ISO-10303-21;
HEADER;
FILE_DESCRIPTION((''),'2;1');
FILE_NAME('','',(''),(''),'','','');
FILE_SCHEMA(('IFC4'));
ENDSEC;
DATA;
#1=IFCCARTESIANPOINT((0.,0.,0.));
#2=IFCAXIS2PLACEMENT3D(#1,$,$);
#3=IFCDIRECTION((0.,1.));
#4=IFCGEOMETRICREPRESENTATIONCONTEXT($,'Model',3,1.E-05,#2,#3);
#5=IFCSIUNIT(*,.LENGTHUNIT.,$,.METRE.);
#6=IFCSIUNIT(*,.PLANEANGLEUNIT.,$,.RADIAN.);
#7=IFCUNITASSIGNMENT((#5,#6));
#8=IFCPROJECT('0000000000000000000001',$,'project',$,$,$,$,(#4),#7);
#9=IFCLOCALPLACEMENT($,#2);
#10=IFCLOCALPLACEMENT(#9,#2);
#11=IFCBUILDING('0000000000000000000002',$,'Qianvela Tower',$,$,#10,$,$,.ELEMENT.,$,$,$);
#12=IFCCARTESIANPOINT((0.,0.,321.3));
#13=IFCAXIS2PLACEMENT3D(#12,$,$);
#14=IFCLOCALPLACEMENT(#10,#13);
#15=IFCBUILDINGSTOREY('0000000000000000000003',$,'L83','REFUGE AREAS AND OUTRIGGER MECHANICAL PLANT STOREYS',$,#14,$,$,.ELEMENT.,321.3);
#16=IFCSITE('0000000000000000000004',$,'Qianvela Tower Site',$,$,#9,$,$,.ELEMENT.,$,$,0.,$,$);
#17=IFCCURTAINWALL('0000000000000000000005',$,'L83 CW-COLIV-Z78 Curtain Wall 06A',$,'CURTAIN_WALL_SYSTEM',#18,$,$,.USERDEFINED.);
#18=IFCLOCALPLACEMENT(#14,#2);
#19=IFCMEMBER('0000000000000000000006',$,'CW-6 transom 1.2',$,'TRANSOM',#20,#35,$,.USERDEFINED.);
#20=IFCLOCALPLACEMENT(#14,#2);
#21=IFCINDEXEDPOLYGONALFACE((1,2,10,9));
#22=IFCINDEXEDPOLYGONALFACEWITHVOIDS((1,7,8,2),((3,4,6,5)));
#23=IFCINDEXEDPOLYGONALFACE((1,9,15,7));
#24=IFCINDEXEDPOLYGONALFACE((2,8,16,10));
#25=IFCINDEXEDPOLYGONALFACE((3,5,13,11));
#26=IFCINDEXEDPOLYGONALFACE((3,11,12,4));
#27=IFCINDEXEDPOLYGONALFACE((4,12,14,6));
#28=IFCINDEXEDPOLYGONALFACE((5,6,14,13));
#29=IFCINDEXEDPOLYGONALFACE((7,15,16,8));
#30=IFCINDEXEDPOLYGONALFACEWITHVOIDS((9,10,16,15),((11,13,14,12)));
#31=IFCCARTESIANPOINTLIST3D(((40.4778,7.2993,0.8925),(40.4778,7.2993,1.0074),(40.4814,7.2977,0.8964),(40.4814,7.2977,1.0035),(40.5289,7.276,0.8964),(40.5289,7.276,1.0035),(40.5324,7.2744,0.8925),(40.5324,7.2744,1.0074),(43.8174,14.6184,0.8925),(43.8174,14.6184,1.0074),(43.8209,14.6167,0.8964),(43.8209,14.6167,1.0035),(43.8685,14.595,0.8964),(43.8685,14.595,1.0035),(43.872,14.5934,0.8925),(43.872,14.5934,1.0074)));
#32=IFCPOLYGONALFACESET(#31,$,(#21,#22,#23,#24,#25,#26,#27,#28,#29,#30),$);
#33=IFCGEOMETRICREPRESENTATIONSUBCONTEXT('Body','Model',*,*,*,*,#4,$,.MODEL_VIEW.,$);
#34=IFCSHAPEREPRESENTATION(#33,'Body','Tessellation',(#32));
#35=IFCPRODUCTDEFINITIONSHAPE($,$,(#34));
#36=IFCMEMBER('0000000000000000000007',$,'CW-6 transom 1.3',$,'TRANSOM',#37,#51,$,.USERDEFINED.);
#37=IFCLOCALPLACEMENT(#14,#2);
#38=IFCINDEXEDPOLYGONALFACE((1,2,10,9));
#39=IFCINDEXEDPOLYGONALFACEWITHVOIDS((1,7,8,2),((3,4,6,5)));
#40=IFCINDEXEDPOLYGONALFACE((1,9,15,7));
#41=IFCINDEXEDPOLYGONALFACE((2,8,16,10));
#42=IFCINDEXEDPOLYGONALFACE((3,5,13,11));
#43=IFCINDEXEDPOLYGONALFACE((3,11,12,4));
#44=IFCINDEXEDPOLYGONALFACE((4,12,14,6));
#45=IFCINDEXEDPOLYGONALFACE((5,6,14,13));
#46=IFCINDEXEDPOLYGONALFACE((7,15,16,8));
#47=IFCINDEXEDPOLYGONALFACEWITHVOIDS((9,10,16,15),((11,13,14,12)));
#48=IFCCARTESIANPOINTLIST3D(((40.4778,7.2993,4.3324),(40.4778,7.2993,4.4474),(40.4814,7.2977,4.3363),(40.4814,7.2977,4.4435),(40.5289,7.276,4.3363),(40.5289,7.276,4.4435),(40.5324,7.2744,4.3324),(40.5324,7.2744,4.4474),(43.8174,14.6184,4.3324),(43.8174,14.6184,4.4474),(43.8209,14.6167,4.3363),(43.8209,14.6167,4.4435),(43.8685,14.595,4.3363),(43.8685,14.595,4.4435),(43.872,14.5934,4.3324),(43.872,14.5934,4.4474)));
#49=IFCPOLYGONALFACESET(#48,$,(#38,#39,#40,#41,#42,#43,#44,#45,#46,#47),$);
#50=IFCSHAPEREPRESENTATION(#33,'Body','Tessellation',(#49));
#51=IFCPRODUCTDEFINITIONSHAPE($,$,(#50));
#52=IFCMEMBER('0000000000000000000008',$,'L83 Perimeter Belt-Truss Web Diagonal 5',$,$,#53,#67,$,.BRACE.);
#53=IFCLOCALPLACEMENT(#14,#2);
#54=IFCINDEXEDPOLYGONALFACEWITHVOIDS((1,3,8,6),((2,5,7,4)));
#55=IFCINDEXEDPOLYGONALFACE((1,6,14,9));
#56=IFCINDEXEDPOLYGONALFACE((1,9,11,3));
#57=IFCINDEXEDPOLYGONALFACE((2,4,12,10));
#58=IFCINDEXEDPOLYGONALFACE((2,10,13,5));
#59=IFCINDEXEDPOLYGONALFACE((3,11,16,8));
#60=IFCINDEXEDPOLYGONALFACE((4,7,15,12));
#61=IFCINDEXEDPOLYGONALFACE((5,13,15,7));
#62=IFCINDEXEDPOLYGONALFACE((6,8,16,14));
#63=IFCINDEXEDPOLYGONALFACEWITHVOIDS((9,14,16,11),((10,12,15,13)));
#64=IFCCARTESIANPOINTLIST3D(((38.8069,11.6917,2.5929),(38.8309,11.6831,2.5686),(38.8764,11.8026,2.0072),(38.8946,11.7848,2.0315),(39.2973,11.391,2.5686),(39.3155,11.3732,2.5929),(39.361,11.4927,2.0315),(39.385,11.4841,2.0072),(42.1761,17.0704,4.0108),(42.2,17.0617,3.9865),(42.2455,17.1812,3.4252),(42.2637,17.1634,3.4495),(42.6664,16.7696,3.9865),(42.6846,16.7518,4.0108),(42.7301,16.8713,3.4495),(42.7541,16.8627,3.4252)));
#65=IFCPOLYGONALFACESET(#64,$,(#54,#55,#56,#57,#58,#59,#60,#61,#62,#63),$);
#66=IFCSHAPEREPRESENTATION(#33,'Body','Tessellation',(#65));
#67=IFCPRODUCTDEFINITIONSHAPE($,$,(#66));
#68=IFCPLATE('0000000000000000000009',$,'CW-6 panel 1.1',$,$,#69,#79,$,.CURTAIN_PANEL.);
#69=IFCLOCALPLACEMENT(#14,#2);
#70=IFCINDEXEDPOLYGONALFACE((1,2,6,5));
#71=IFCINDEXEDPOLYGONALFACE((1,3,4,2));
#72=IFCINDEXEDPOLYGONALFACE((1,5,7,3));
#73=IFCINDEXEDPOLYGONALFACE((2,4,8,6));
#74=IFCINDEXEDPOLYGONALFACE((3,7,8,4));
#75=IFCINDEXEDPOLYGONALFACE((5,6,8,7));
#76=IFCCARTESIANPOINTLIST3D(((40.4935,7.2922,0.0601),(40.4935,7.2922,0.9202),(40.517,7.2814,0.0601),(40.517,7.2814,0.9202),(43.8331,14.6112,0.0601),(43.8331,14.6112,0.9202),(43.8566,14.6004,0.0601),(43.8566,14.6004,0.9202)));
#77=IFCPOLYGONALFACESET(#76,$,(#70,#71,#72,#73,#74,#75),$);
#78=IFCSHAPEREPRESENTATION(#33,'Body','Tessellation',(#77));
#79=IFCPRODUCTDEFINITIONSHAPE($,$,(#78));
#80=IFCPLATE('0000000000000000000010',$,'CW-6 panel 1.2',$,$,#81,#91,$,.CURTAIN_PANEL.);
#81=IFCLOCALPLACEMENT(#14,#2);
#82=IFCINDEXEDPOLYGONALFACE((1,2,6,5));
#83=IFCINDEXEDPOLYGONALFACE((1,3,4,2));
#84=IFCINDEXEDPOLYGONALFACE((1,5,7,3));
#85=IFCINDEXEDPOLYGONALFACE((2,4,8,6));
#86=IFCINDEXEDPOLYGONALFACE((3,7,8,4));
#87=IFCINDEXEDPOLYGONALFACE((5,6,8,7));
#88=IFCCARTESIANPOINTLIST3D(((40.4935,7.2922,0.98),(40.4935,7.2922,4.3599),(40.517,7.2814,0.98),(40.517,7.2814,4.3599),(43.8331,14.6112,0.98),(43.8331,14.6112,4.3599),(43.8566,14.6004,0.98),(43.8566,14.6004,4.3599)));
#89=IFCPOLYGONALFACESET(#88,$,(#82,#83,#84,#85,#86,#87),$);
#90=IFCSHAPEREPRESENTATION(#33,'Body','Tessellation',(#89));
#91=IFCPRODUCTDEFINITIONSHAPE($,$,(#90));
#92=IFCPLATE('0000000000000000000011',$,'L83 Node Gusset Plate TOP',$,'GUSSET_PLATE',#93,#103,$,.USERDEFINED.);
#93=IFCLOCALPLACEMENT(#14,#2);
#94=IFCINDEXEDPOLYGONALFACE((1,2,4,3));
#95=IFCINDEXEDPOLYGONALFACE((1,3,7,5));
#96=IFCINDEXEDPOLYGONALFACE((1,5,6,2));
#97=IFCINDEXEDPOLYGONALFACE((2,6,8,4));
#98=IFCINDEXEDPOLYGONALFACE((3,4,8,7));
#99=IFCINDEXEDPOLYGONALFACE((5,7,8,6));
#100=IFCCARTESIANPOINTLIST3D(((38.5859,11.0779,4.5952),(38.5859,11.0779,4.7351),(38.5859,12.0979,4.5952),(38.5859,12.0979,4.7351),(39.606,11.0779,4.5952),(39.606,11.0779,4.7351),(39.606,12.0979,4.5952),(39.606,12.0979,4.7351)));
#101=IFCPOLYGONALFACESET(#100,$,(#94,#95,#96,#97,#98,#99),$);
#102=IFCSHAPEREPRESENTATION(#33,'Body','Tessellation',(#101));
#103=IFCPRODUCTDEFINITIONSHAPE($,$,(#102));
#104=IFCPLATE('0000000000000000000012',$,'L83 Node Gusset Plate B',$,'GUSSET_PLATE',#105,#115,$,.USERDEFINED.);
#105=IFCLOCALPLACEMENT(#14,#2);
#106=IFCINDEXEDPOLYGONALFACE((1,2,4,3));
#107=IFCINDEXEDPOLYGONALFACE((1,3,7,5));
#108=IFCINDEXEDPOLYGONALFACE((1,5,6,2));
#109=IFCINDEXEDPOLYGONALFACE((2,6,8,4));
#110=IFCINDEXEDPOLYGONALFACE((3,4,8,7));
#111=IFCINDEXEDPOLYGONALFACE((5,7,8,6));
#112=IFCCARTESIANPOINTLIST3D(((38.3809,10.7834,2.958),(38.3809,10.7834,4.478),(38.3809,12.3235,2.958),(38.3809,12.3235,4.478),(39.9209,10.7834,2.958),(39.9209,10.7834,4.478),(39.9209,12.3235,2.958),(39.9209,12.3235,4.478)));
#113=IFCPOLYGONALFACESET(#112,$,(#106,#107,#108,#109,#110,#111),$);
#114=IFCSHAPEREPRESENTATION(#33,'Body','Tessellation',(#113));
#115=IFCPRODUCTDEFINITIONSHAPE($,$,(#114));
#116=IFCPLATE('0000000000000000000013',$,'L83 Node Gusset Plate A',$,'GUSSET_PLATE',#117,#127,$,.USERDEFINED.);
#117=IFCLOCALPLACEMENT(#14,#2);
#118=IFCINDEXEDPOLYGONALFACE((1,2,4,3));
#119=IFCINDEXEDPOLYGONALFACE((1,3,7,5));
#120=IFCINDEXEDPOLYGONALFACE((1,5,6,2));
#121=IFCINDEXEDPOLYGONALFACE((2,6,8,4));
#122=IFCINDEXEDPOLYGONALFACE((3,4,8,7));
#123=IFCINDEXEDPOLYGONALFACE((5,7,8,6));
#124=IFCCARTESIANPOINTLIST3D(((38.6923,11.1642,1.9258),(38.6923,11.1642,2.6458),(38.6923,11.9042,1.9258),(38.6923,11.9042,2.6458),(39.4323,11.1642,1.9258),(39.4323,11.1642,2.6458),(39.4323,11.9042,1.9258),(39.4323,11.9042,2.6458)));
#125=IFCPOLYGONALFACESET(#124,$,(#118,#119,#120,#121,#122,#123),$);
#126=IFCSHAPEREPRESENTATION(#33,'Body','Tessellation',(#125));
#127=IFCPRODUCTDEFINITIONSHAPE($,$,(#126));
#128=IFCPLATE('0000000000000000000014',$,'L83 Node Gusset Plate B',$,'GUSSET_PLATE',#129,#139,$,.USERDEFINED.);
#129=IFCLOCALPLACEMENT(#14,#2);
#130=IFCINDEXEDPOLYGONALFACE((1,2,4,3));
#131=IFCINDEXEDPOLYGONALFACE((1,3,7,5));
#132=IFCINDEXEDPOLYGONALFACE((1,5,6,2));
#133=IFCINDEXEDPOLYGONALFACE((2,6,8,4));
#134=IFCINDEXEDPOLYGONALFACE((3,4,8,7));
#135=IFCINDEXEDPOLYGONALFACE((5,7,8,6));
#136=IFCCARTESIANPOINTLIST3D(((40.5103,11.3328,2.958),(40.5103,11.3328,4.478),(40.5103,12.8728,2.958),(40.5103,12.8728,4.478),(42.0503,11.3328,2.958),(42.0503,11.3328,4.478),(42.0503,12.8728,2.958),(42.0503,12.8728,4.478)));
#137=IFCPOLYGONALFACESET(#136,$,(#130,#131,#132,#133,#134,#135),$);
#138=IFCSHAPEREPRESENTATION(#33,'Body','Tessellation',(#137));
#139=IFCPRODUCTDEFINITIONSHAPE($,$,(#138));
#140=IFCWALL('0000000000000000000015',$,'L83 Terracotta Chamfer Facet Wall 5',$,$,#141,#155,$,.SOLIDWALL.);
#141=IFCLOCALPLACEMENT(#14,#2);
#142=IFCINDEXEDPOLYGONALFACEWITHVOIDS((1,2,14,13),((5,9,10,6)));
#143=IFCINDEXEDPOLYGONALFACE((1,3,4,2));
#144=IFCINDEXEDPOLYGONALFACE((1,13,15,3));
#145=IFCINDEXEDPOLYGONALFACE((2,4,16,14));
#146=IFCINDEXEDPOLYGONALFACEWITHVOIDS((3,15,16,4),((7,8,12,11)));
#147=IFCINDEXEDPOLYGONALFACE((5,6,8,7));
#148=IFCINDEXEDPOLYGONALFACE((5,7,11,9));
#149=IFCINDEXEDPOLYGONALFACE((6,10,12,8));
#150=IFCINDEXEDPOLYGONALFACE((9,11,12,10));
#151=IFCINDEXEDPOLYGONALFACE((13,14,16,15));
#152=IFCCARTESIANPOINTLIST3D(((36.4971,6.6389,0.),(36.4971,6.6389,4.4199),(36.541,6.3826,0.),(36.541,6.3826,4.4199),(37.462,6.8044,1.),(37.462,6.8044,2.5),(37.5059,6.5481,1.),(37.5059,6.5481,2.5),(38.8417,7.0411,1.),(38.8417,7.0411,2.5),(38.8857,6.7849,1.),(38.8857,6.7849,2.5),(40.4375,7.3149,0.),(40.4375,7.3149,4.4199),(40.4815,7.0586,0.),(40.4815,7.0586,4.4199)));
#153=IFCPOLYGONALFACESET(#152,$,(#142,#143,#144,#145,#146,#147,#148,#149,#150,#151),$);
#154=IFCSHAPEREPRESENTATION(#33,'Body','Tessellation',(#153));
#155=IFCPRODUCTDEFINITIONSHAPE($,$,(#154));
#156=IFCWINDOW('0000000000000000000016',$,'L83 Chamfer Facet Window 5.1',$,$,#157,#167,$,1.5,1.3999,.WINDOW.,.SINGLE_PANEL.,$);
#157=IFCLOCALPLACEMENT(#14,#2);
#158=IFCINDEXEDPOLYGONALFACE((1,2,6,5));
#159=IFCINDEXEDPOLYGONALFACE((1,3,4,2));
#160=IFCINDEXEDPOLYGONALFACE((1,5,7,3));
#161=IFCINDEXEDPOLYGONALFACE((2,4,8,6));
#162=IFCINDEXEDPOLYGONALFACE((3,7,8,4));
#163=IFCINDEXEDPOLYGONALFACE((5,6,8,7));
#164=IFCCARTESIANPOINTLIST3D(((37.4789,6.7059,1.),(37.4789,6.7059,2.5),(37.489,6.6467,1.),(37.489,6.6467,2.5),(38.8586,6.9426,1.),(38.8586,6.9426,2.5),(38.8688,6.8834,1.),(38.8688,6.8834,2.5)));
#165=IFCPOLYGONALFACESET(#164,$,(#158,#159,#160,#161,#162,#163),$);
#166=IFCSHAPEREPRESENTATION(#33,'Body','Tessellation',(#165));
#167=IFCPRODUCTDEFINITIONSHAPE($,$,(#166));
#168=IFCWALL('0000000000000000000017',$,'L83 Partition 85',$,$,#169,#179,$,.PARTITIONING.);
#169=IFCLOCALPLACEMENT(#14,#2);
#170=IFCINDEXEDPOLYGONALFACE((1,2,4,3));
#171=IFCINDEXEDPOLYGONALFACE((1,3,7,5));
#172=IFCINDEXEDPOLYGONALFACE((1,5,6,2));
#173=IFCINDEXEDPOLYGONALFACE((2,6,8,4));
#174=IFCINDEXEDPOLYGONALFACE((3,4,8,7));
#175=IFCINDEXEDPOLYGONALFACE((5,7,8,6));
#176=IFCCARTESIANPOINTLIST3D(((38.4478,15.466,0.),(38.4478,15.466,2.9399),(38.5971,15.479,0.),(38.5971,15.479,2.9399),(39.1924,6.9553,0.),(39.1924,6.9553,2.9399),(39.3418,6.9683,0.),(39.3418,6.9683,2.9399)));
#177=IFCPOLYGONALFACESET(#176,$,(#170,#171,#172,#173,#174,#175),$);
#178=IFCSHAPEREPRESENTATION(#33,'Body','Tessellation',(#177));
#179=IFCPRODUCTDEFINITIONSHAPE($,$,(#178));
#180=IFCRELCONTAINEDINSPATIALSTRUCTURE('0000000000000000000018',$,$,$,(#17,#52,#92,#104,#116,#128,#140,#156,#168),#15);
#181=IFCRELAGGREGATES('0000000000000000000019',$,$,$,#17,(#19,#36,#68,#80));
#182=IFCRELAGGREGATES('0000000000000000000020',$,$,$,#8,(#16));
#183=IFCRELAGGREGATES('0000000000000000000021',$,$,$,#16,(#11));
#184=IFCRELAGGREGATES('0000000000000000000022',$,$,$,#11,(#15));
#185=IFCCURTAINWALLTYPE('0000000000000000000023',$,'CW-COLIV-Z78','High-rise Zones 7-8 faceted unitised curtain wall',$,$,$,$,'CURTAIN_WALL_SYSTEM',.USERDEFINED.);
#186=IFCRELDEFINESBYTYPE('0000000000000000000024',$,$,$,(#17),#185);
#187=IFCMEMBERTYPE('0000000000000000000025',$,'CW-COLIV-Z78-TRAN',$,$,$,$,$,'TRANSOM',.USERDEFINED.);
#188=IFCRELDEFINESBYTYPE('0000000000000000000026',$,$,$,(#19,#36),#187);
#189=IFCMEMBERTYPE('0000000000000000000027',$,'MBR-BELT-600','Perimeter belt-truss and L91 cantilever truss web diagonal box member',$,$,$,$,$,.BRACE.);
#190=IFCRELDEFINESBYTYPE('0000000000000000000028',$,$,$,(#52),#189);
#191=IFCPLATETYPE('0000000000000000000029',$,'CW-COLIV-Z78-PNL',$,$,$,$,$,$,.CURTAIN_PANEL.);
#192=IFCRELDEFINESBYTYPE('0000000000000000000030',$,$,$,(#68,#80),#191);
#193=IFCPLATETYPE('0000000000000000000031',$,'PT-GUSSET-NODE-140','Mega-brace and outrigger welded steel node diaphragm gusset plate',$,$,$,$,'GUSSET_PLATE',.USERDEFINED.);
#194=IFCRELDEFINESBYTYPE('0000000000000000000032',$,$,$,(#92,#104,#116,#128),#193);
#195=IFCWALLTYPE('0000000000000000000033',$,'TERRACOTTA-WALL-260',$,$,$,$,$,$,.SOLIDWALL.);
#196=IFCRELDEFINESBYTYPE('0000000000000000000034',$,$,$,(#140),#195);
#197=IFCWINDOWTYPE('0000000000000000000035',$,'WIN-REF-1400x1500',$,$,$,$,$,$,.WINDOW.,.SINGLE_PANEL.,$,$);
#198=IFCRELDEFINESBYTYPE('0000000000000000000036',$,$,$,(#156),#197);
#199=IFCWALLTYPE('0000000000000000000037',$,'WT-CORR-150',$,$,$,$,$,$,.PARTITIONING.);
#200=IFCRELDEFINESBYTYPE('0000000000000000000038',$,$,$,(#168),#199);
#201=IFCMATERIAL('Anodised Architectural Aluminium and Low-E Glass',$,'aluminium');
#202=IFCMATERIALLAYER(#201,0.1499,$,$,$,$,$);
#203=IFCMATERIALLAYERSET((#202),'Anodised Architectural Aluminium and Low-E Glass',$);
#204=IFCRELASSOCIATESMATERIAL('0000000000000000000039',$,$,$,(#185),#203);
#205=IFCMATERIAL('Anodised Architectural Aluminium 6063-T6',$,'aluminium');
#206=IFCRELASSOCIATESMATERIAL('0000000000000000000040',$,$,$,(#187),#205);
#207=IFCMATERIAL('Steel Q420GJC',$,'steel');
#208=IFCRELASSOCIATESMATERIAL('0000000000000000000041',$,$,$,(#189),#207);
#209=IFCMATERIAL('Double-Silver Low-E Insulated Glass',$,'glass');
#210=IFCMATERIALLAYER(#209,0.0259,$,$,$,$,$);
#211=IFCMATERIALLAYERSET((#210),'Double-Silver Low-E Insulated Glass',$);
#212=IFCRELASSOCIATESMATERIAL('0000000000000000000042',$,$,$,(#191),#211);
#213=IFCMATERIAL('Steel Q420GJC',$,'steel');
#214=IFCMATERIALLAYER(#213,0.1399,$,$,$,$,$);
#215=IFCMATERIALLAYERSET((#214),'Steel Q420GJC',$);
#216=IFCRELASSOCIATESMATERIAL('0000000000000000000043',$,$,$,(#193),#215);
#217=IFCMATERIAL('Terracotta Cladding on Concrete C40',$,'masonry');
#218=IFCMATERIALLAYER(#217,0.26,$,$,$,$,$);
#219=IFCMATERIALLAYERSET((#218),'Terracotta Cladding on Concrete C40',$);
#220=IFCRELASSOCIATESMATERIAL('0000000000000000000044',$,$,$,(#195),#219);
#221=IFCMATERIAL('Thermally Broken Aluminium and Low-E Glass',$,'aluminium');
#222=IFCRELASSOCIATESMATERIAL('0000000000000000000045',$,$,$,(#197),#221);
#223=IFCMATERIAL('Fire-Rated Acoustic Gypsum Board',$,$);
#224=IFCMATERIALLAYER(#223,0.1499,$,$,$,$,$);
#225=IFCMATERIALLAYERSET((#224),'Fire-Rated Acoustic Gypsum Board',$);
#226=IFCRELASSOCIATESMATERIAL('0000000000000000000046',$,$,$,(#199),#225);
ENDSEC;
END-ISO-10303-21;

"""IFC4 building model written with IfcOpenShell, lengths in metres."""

from ifc_helpers import new_model, si_unit, direction, frame, frame_2d, origin, origin_2d, place, context, subcontext, project, spatial, rectangle, hollow_rectangle, extrude, material, layer, layer_set, material_profile, profile_set, type_object, element, fill, aggregate, save


model = new_model("IFC4")

# Units and contexts
model_context = context("Model", 3, precision=1e-05, world=origin(), true_north=direction((0.0, 1.0)))
body_context = subcontext(model_context, "Body", "Model", "MODEL_VIEW")
ifc_project = project(units=[si_unit("LENGTHUNIT", "METRE"), si_unit("PLANEANGLEUNIT", "RADIAN")], contexts=[model_context])

# Site, building, storey
site_placement = place(None, origin())
site = spatial("IfcSite", under=ifc_project, at=site_placement, Name="Qianvela Tower Site", CompositionType="ELEMENT", RefElevation=0.0)
building_placement = place(site_placement, origin())
building = spatial("IfcBuilding", under=site, at=building_placement, Name="Qianvela Tower", CompositionType="ELEMENT")
storey_placement = place(building_placement, frame((0.0, 0.0, 321.3)))
storey = spatial("IfcBuildingStorey", under=building, at=storey_placement, Name="L83", Description="REFUGE AREAS AND OUTRIGGER MECHANICAL PLANT STOREYS", CompositionType="ELEMENT", Elevation=321.3)

# Shared definitions
ifc_material_1 = material(Name="Anodised Architectural Aluminium and Low-E Glass", Category="aluminium")
ifc_layer_1 = layer(ifc_material_1, 0.1499)
ifc_layer_set_1 = layer_set([ifc_layer_1], Name="Anodised Architectural Aluminium and Low-E Glass")
curtain_wall_type = type_object("IfcCurtainWallType", Name="CW-COLIV-Z78", Description="High-rise Zones 7-8 faceted unitised curtain wall", ElementType="CURTAIN_WALL_SYSTEM", PredefinedType="USERDEFINED", material=ifc_layer_set_1)

# Curtain wall, members
curtain_wall_1_placement = place(storey_placement, origin())
curtain_wall_1 = element("IfcCurtainWall", 1, at=curtain_wall_1_placement, inside=storey, type_object=curtain_wall_type, Name="L83 CW-COLIV-Z78 Curtain Wall 06A", ObjectType="CURTAIN_WALL_SYSTEM", PredefinedType="USERDEFINED")
ifc_material_2 = material(Name="Anodised Architectural Aluminium 6063-T6", Category="aluminium")
ifc_material_profile_1 = material_profile(ifc_material_2, hollow_rectangle(XDim=0.0601, YDim=0.115, WallThickness=0.0039, at=origin_2d()), Name="ALU-TRAN-60x115")
ifc_profile_set_1 = profile_set([ifc_material_profile_1], Name="Anodised Architectural Aluminium 6063-T6")
member_type_1 = type_object("IfcMemberType", Name="CW-COLIV-Z78-TRAN", ElementType="TRANSOM", PredefinedType="USERDEFINED", material=ifc_profile_set_1)
member_1_placement = place(storey_placement, frame((40.5051, 7.2869, 0.95), z_axis=(0.415115, 0.909769, 0.0), x_axis=(-0.909769, 0.415115, 0.0)))
member_1 = element("IfcMember", 2, at=member_1_placement, type_object=member_type_1, Name="CW-6 transom 1.2", ObjectType="TRANSOM", PredefinedType="USERDEFINED", context=body_context, shape_type="SweptSolid", body=[
    extrude(hollow_rectangle(XDim=0.0601, YDim=0.115, WallThickness=0.0039, at=origin_2d()), origin(), (0.0, 0.0, 1.0), 8.0449),
])
member_2_placement = place(storey_placement, frame((40.5051, 7.2869, 4.3899), z_axis=(0.415115, 0.909769, 0.0), x_axis=(-0.909769, 0.415115, 0.0)))
member_2 = element("IfcMember", 3, at=member_2_placement, type_object=member_type_1, Name="CW-6 transom 1.3", ObjectType="TRANSOM", PredefinedType="USERDEFINED", context=body_context, shape_type="SweptSolid", body=[
    extrude(hollow_rectangle(XDim=0.0601, YDim=0.115, WallThickness=0.0039, at=origin_2d()), origin(), (0.0, 0.0, 1.0), 8.0449),
])

# Member
ifc_material_3 = material(Name="Steel Q420GJC", Category="steel")
ifc_material_profile_2 = material_profile(ifc_material_3, hollow_rectangle(XDim=0.6001, YDim=0.6001, WallThickness=0.0249, at=origin_2d()), Name="BBOX-600x600x25")
ifc_profile_set_2 = profile_set([ifc_material_profile_2], Name="Steel Q420GJC")
member_type_2 = type_object("IfcMemberType", Name="MBR-BELT-600", Description="Perimeter belt-truss and L91 cantilever truss web diagonal box member", PredefinedType="BRACE", material=ifc_profile_set_2)
member_3_placement = place(storey_placement, frame((39.0959, 11.5879, 2.3), z_axis=(0.518073, 0.827078, 0.218041), x_axis=(-0.847468, 0.530846, 0.0)))
element("IfcMember", 4, at=member_3_placement, inside=storey, type_object=member_type_2, Name="L83 Perimeter Belt-Truss Web Diagonal 5", PredefinedType="BRACE", context=body_context, shape_type="SweptSolid", body=[
    extrude(hollow_rectangle(XDim=0.6001, YDim=0.6001, WallThickness=0.0249, at=origin_2d()), origin(), (0.0, 0.0, 1.0), 6.5032),
])

# Plates
ifc_material_4 = material(Name="Double-Silver Low-E Insulated Glass", Category="glass")
ifc_layer_2 = layer(ifc_material_4, 0.0259)
ifc_layer_set_2 = layer_set([ifc_layer_2], Name="Double-Silver Low-E Insulated Glass")
plate_type_1 = type_object("IfcPlateType", Name="CW-COLIV-Z78-PNL", PredefinedType="CURTAIN_PANEL", material=ifc_layer_set_2)
plate_1_placement = place(storey_placement, frame((42.175, 10.9463, 0.0601), z_axis=(0.0, 0.0, 1.0), x_axis=(0.41512, 0.909767, 0.0)))
plate_1 = element("IfcPlate", 5, at=plate_1_placement, type_object=plate_type_1, Name="CW-6 panel 1.1", PredefinedType="CURTAIN_PANEL", context=body_context, shape_type="SweptSolid", body=[
    extrude(rectangle(XDim=8.0449, YDim=0.0259, at=origin_2d()), origin(), (0.0, 0.0, 1.0), 0.8601),
])
plate_2_placement = place(storey_placement, frame((42.175, 10.9463, 0.98), z_axis=(0.0, 0.0, 1.0), x_axis=(0.41512, 0.909767, 0.0)))
plate_2 = element("IfcPlate", 6, at=plate_2_placement, type_object=plate_type_1, Name="CW-6 panel 1.2", PredefinedType="CURTAIN_PANEL", context=body_context, shape_type="SweptSolid", body=[
    extrude(rectangle(XDim=8.0449, YDim=0.0259, at=origin_2d()), origin(), (0.0, 0.0, 1.0), 3.3799),
])
aggregate(curtain_wall_1, [member_1, member_2, plate_1, plate_2])

# Plates
ifc_material_5 = material(Name="Steel Q420GJC", Category="steel")
ifc_layer_3 = layer(ifc_material_5, 0.1399)
ifc_layer_set_3 = layer_set([ifc_layer_3], Name="Steel Q420GJC")
plate_type_2 = type_object("IfcPlateType", Name="PT-GUSSET-NODE-140", Description="Mega-brace and outrigger welded steel node diaphragm gusset plate", ElementType="GUSSET_PLATE", PredefinedType="USERDEFINED", material=ifc_layer_set_3)
plate_3_placement = place(storey_placement, frame((39.0959, 11.5879, 4.5952), z_axis=(0.0, 0.0, 1.0), x_axis=(1.0, 0.0, 0.0)))
element("IfcPlate", 7, at=plate_3_placement, inside=storey, type_object=plate_type_2, Name="L83 Node Gusset Plate TOP", ObjectType="GUSSET_PLATE", PredefinedType="USERDEFINED", context=body_context, shape_type="SweptSolid", body=[
    extrude(rectangle(XDim=1.02, YDim=1.02, at=origin_2d()), origin(), (0.0, 0.0, 1.0), 0.1399),
])
plate_4_placement = place(storey_placement, frame((39.1509, 11.5535, 2.958), z_axis=(0.0, 0.0, 1.0), x_axis=(1.0, 0.0, 0.0)))
element("IfcPlate", 8, at=plate_4_placement, inside=storey, type_object=plate_type_2, Name="L83 Node Gusset Plate B", ObjectType="GUSSET_PLATE", PredefinedType="USERDEFINED", context=body_context, shape_type="SweptSolid", body=[
    extrude(rectangle(XDim=1.54, YDim=1.54, at=origin_2d()), origin(), (0.0, 0.0, 1.0), 1.52),
])
plate_5_placement = place(storey_placement, frame((39.0623, 11.5342, 1.9258), z_axis=(0.0, 0.0, 1.0), x_axis=(1.0, 0.0, 0.0)))
element("IfcPlate", 9, at=plate_5_placement, inside=storey, type_object=plate_type_2, Name="L83 Node Gusset Plate A", ObjectType="GUSSET_PLATE", PredefinedType="USERDEFINED", context=body_context, shape_type="SweptSolid", body=[
    extrude(rectangle(XDim=0.74, YDim=0.74, at=origin_2d()), origin(), (0.0, 0.0, 1.0), 0.72),
])
plate_6_placement = place(storey_placement, frame((41.2803, 12.1028, 2.958), z_axis=(0.0, 0.0, 1.0), x_axis=(1.0, 0.0, 0.0)))
element("IfcPlate", 10, at=plate_6_placement, inside=storey, type_object=plate_type_2, Name="L83 Node Gusset Plate B", ObjectType="GUSSET_PLATE", PredefinedType="USERDEFINED", context=body_context, shape_type="SweptSolid", body=[
    extrude(rectangle(XDim=1.54, YDim=1.54, at=origin_2d()), origin(), (0.0, 0.0, 1.0), 1.52),
])

# Wall, opening, window
ifc_material_6 = material(Name="Terracotta Cladding on Concrete C40", Category="masonry")
ifc_layer_4 = layer(ifc_material_6, 0.26)
ifc_layer_set_4 = layer_set([ifc_layer_4], Name="Terracotta Cladding on Concrete C40")
wall_type_1 = type_object("IfcWallType", Name="TERRACOTTA-WALL-260", PredefinedType="SOLIDWALL", material=ifc_layer_set_4)
wall_1_placement = place(storey_placement, frame((36.519, 6.5107, 0.0), z_axis=(0.0, 0.0, 1.0), x_axis=(0.9856, 0.169091, 0.0)))
wall_1 = element("IfcWall", 11, at=wall_1_placement, inside=storey, type_object=wall_type_1, Name="L83 Terracotta Chamfer Facet Wall 5", PredefinedType="SOLIDWALL", context=body_context, shape_type="SweptSolid", body=[
    extrude(rectangle(XDim=3.998, YDim=0.26, at=frame_2d((1.999, 0.0))), origin(), (0.0, 0.0, 1.0), 4.4199),
])
opening_placement = place(wall_1_placement, frame((0.979, 0.0, 1.0)))
opening = element("IfcOpeningElement", 12, at=opening_placement, cuts=wall_1, PredefinedType="OPENING", context=body_context, shape_type="SweptSolid", body=[
    extrude(rectangle(XDim=1.3999, YDim=1.5, at=frame_2d((0.7, 0.75))), frame((0.0, 0.1399, 0.0), z_axis=(0.0, -1.0, 0.0), x_axis=(1.0, 0.0, 0.0)), (0.0, 0.0, 1.0), 0.28),
])
ifc_material_7 = material(Name="Thermally Broken Aluminium and Low-E Glass", Category="aluminium")
window_type = type_object("IfcWindowType", Name="WIN-REF-1400x1500", PartitioningType="SINGLE_PANEL", PredefinedType="WINDOW", material=ifc_material_7)
window_placement = place(opening_placement, origin())
window = element("IfcWindow", 13, at=window_placement, inside=storey, type_object=window_type, Name="L83 Chamfer Facet Window 5.1", OverallHeight=1.5, OverallWidth=1.3999, PartitioningType="SINGLE_PANEL", PredefinedType="WINDOW", context=body_context, shape_type="SweptSolid", body=[
    extrude(rectangle(XDim=1.3999, YDim=1.5, at=frame_2d((0.7, 0.75))), frame((0.0, 0.03, 0.0), z_axis=(0.0, -1.0, 0.0), x_axis=(1.0, 0.0, 0.0)), (0.0, 0.0, 1.0), 0.0601),
])
fill(opening, window)

# Wall
ifc_material_8 = material(Name="Fire-Rated Acoustic Gypsum Board")
ifc_layer_5 = layer(ifc_material_8, 0.1499)
ifc_layer_set_5 = layer_set([ifc_layer_5], Name="Fire-Rated Acoustic Gypsum Board")
wall_type_2 = type_object("IfcWallType", Name="WT-CORR-150", PredefinedType="PARTITIONING", material=ifc_layer_set_5)
wall_2_placement = place(storey_placement, frame((39.2671, 6.9619, 0.0), z_axis=(0.0, 0.0, 1.0), x_axis=(-0.08716, 0.996194, 0.0)))
element("IfcWall", 14, at=wall_2_placement, inside=storey, type_object=wall_type_2, Name="L83 Partition 85", PredefinedType="PARTITIONING", context=body_context, shape_type="SweptSolid", body=[
    extrude(rectangle(XDim=8.5432, YDim=0.1499, at=frame_2d((4.2715, 0.0))), origin(), (0.0, 0.0, 1.0), 2.9399),
])

save(model, "model.ifc")
